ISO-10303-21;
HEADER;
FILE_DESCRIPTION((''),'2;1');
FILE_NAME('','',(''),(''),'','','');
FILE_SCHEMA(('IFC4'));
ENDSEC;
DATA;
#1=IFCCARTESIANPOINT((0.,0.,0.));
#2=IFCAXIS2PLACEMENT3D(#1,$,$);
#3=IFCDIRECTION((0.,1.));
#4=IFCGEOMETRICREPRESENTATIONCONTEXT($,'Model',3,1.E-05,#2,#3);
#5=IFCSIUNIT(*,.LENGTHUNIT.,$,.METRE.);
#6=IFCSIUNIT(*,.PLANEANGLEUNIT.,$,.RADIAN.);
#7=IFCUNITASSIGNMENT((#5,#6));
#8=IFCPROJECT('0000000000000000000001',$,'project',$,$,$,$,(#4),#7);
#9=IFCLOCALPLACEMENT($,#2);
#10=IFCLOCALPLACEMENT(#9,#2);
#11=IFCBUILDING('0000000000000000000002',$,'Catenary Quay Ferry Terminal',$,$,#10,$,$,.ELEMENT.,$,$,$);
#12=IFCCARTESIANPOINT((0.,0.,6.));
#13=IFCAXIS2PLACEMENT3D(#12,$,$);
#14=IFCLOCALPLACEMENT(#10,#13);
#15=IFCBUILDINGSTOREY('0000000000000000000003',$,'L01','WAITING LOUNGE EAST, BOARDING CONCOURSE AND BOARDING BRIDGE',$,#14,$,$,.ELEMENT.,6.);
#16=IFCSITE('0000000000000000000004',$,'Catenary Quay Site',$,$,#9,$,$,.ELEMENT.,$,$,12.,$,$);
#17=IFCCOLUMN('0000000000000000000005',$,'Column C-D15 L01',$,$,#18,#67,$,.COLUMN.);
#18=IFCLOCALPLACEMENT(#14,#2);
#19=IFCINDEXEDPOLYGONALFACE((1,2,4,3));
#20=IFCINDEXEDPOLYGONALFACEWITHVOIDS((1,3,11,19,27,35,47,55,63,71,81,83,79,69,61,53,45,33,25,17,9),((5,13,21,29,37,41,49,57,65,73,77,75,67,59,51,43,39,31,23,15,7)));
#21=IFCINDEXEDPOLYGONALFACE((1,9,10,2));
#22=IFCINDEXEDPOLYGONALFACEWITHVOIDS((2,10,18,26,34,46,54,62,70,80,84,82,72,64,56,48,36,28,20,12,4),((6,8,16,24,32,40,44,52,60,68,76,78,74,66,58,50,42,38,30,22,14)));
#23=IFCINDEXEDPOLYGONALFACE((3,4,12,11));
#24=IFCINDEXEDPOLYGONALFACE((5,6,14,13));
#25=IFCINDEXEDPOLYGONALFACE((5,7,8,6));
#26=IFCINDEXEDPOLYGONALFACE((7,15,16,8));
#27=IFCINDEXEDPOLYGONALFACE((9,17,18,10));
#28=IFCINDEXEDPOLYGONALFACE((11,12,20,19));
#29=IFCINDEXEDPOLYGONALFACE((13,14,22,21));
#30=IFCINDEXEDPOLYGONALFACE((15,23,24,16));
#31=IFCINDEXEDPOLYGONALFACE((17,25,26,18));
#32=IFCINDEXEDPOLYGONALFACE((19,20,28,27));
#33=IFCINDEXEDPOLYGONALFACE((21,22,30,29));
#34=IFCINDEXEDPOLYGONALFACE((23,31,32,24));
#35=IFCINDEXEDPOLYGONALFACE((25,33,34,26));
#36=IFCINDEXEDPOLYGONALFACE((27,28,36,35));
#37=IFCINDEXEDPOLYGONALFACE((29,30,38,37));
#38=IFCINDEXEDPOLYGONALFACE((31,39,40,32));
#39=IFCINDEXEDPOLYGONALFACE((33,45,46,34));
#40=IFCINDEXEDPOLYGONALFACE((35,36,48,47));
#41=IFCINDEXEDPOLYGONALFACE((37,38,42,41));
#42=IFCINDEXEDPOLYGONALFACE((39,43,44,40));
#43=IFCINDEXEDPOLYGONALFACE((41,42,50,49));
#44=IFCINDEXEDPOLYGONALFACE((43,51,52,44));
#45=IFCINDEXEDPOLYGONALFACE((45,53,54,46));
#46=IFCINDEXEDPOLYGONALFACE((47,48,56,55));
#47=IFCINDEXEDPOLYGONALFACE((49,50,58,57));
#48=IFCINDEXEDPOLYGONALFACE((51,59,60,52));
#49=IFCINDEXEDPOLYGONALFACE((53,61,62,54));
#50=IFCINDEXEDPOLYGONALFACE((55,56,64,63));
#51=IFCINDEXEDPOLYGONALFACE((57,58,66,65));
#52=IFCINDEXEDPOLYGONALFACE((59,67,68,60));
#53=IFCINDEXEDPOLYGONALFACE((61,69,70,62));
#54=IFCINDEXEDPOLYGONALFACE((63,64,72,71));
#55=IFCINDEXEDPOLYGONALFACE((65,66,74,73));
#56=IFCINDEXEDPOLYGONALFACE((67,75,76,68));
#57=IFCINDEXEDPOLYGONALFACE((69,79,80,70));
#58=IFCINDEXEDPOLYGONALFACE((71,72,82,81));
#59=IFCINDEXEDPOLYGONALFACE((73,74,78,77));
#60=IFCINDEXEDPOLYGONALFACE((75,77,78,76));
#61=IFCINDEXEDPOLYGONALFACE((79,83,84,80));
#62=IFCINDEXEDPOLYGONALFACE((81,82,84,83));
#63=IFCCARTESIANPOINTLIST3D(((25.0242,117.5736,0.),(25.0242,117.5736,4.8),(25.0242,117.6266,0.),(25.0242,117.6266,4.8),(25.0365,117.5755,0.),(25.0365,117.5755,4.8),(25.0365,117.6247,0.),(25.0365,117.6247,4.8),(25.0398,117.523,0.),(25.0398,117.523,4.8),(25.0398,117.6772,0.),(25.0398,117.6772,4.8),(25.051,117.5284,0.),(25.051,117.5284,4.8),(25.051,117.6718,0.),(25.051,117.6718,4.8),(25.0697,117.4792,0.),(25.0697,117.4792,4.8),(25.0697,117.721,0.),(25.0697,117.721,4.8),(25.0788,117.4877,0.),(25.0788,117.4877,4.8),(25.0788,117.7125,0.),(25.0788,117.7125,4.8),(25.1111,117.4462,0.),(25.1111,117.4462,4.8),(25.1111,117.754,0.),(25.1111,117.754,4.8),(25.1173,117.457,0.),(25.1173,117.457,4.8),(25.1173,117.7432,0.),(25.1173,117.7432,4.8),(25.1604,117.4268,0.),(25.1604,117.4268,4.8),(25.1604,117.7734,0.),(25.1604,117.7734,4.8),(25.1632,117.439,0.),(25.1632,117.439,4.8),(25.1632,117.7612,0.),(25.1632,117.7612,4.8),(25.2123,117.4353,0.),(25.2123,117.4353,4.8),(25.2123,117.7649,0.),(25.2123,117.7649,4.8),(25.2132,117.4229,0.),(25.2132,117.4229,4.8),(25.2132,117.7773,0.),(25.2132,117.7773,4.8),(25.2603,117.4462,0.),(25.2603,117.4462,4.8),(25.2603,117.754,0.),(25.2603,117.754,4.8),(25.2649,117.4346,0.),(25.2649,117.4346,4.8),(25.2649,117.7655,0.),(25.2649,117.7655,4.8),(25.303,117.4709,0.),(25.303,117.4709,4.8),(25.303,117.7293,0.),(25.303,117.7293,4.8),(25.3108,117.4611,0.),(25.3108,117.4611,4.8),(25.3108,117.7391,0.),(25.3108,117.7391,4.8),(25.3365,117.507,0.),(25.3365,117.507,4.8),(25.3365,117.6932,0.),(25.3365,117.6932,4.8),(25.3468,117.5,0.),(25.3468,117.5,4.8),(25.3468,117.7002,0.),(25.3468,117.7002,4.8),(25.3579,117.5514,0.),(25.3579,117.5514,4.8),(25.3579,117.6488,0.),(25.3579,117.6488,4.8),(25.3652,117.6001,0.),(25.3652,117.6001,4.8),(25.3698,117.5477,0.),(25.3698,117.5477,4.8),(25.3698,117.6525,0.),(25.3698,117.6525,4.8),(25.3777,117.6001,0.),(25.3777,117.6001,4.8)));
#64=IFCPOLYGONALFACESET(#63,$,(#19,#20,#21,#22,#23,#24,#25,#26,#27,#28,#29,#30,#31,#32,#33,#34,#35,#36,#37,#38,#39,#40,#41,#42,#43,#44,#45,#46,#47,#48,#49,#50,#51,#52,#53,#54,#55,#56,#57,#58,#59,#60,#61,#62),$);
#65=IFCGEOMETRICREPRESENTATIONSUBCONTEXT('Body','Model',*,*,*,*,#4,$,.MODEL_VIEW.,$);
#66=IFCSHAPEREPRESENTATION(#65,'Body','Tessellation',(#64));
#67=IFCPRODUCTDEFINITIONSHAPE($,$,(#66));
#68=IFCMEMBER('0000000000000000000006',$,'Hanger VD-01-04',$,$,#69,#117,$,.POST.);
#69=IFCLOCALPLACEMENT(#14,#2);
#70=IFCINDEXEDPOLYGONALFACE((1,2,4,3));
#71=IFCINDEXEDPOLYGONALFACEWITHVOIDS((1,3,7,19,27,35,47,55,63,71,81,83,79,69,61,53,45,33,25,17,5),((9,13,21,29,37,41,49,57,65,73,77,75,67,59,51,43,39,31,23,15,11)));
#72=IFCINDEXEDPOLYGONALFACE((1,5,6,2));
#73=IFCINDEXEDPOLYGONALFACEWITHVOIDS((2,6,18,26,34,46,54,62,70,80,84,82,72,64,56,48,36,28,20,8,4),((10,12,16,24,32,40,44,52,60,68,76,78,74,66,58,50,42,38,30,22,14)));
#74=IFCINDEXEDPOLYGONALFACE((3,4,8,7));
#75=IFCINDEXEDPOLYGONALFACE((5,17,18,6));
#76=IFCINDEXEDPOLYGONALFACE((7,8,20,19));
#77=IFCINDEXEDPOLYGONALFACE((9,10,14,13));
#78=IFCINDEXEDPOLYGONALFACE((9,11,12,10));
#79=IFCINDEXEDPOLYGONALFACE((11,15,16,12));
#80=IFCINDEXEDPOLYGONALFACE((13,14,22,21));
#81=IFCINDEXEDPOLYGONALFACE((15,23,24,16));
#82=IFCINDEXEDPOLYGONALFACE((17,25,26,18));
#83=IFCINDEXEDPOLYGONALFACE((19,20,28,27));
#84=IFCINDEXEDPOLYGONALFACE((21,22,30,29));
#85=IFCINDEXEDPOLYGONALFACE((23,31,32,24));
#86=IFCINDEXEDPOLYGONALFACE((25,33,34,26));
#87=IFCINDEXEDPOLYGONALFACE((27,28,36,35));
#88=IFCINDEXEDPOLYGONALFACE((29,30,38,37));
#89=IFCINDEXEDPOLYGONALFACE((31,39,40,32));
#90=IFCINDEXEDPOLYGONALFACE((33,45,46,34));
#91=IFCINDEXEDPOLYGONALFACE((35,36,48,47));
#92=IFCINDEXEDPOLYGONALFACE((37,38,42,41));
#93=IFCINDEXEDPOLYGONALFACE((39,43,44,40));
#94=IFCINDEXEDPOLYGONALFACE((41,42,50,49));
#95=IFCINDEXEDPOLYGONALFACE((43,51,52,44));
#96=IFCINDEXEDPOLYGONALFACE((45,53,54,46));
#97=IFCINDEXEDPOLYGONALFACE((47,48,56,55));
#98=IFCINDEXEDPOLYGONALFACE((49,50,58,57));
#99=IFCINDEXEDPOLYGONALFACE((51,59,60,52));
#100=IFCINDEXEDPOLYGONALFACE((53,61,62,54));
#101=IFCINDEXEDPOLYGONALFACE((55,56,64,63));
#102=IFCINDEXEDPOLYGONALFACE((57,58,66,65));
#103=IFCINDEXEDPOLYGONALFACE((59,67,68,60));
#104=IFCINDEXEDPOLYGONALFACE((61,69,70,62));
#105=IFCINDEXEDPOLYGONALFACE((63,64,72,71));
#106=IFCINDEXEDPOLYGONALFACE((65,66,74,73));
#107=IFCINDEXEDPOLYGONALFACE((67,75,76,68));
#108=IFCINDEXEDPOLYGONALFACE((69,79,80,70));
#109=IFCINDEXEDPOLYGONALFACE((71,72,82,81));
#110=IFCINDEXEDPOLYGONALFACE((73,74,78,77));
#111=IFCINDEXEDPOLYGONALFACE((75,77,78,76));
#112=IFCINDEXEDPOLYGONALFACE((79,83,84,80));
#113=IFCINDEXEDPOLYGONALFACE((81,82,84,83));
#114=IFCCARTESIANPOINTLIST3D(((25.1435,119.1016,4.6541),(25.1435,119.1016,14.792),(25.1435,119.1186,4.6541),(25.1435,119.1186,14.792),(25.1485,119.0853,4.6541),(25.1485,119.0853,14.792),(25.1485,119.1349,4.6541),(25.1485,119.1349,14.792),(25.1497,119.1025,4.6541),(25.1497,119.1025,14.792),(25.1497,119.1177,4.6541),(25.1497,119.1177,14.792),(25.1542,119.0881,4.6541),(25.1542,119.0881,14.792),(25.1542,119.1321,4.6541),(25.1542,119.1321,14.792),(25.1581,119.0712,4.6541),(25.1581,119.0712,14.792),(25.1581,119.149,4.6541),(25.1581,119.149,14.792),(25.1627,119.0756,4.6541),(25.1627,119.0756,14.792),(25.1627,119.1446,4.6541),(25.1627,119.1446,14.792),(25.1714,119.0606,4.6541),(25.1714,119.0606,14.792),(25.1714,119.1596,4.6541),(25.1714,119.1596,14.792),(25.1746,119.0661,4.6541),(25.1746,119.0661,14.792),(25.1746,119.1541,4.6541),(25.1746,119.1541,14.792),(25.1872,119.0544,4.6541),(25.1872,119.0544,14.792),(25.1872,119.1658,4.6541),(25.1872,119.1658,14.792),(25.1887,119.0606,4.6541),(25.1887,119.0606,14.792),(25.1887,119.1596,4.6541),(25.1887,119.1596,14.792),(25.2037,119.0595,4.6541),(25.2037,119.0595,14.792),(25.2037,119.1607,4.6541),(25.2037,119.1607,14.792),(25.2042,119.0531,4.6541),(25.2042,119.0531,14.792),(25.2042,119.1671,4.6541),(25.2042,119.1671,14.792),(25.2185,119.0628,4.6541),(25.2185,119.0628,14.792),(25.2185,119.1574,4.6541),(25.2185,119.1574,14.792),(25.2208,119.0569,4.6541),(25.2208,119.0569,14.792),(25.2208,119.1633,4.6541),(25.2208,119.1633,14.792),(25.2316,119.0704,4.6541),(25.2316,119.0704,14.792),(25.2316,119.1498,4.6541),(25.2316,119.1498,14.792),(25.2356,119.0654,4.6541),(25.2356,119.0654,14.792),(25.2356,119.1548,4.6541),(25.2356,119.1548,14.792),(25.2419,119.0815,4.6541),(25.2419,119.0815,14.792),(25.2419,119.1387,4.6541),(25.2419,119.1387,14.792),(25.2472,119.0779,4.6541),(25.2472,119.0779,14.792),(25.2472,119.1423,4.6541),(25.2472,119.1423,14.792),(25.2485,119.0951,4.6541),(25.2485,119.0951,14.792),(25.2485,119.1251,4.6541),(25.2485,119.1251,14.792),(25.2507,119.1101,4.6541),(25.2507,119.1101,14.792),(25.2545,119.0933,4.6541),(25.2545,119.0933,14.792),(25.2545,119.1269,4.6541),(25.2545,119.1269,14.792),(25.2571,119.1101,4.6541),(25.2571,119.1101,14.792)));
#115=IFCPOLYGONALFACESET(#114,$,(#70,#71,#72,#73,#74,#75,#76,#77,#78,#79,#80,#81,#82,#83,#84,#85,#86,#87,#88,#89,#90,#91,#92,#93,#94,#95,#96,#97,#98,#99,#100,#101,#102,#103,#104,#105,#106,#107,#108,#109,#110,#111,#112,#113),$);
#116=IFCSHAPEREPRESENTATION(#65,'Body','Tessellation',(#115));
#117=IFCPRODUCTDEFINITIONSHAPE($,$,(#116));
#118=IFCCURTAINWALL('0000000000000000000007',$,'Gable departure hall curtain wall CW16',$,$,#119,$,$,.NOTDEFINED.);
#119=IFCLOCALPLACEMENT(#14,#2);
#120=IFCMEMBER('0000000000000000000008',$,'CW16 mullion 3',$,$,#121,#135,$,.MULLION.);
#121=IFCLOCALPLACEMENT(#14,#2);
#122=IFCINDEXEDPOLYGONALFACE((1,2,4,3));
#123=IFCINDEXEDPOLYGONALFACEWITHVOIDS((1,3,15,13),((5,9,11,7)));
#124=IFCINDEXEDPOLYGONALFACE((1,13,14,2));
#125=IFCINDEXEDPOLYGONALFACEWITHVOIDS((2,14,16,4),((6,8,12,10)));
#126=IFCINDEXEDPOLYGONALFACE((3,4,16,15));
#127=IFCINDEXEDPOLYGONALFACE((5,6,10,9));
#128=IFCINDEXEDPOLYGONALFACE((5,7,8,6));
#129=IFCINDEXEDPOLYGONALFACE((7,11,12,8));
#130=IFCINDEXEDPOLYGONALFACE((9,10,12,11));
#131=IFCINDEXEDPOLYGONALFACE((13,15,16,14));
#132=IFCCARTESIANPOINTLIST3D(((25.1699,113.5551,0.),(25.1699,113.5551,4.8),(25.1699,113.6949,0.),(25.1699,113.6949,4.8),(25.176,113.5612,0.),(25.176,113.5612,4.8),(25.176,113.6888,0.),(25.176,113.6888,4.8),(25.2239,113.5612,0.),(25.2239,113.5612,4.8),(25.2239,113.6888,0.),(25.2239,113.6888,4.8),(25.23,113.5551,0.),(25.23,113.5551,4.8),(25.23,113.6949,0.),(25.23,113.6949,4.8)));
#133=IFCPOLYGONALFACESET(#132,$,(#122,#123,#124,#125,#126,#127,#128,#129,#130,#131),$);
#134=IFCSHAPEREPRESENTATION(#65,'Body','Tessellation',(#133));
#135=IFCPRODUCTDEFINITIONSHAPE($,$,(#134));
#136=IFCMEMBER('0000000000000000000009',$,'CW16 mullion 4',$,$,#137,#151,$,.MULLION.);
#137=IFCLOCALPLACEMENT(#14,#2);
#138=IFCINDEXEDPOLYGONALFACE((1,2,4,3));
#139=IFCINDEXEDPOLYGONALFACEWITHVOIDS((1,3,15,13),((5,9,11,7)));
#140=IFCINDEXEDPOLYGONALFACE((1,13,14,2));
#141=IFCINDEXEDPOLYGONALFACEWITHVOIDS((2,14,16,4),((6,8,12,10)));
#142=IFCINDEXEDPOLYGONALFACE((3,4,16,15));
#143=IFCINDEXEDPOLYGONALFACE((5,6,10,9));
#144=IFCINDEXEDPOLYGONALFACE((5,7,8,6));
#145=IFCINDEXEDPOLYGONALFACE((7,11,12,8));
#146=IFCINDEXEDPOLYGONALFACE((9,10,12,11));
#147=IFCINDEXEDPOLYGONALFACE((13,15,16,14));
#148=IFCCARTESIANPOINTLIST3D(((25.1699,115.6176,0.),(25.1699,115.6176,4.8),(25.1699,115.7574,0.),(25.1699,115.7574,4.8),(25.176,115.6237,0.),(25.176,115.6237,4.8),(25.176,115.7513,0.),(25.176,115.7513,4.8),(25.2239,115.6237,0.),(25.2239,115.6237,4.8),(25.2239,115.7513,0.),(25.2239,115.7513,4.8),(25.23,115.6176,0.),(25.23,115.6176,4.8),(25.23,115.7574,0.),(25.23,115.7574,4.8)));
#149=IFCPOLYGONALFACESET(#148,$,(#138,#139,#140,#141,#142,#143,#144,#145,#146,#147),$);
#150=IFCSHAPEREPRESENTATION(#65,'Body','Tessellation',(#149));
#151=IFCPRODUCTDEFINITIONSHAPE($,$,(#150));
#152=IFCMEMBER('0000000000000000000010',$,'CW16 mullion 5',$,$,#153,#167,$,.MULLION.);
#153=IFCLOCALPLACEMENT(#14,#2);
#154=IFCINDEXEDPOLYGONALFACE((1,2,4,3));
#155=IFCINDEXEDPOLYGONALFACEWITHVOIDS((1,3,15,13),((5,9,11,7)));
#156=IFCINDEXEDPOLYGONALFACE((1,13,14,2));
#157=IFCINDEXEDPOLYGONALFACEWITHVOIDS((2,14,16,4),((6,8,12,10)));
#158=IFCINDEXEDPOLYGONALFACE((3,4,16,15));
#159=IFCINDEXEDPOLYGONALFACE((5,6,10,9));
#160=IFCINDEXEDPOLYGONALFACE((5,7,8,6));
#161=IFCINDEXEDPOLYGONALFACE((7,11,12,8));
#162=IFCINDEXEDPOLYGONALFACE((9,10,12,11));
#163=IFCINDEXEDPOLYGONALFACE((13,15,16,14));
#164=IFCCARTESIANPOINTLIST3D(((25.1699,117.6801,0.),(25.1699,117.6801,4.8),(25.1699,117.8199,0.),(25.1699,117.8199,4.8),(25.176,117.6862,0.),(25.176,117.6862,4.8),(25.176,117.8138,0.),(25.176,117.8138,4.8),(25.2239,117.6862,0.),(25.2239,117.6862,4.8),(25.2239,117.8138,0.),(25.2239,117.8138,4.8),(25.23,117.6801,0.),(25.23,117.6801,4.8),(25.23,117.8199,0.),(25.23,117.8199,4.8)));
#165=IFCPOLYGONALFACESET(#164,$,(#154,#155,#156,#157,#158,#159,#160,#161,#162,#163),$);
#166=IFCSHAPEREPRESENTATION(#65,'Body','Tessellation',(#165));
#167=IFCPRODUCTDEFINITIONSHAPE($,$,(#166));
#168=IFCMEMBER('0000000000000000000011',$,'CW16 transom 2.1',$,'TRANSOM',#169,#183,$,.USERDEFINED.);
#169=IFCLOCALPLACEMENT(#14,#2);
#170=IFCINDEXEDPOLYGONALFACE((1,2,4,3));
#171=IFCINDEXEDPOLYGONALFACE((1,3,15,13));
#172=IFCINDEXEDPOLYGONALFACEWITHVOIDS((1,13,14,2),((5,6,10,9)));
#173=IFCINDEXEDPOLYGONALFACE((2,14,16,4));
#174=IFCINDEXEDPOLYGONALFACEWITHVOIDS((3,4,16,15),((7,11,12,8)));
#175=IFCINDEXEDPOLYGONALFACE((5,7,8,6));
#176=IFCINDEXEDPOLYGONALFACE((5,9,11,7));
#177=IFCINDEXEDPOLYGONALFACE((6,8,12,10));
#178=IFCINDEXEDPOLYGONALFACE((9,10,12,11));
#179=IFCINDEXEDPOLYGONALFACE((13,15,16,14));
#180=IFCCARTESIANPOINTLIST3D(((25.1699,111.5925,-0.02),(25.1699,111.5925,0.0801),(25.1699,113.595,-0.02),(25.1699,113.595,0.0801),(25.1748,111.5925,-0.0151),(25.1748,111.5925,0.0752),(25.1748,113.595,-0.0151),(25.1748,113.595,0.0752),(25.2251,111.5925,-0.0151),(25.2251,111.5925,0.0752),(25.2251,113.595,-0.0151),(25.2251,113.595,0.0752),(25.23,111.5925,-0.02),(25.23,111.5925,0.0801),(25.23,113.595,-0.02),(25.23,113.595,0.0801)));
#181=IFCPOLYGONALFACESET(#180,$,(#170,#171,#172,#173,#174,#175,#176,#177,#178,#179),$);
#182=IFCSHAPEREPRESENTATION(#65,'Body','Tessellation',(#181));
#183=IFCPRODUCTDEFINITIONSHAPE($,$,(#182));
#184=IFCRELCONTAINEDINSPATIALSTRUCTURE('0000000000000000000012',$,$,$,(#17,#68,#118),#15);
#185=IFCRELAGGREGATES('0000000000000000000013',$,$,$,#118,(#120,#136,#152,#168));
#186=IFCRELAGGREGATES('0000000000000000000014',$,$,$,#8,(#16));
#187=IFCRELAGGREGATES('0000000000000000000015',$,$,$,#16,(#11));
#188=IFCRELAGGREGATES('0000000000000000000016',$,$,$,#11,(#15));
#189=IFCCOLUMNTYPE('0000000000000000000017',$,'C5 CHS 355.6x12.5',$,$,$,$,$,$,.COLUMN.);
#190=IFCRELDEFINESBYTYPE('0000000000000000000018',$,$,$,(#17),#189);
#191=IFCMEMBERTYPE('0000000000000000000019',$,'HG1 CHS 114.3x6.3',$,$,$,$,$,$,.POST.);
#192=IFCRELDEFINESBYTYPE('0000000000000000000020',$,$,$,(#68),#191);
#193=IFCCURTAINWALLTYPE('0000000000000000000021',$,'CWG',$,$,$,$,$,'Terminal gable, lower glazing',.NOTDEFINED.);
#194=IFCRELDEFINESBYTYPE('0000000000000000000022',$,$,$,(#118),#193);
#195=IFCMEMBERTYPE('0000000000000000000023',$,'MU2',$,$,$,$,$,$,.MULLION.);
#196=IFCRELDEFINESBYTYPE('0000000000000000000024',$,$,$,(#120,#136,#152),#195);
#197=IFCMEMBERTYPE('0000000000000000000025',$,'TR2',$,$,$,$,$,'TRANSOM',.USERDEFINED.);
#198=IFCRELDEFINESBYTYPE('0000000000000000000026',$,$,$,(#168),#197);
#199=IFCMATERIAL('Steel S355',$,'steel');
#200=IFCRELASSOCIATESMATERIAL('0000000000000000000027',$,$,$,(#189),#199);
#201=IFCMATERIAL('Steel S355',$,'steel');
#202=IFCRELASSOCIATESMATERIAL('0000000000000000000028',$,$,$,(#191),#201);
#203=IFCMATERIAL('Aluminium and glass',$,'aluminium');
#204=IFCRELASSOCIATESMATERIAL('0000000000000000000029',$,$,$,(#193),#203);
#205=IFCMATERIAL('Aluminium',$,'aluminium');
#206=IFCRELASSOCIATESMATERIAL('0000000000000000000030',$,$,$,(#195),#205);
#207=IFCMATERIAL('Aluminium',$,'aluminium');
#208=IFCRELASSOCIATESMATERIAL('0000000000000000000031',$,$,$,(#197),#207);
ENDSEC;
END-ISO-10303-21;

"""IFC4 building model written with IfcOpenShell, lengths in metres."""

from ifc_helpers import new_model, si_unit, direction, frame, origin, origin_2d, place, context, subcontext, project, spatial, hollow_rectangle, hollow_circle, extrude, material, material_profile, profile_set, type_object, element, aggregate, save


model = new_model("IFC4")

# Units and contexts
model_context = context("Model", 3, precision=1e-05, world=origin(), true_north=direction((0.0, 1.0)))
body_context = subcontext(model_context, "Body", "Model", "MODEL_VIEW")
ifc_project = project(units=[si_unit("LENGTHUNIT", "METRE"), si_unit("PLANEANGLEUNIT", "RADIAN")], contexts=[model_context])

# Site, building, storey
site_placement = place(None, origin())
site = spatial("IfcSite", under=ifc_project, at=site_placement, Name="Catenary Quay Site", CompositionType="ELEMENT", RefElevation=12.0)
building_placement = place(site_placement, origin())
building = spatial("IfcBuilding", under=site, at=building_placement, Name="Catenary Quay Ferry Terminal", CompositionType="ELEMENT")
storey_placement = place(building_placement, frame((0.0, 0.0, 6.0)))
storey = spatial("IfcBuildingStorey", under=building, at=storey_placement, Name="L01", Description="WAITING LOUNGE EAST, BOARDING CONCOURSE AND BOARDING BRIDGE", CompositionType="ELEMENT", Elevation=6.0)

# Column
ifc_material_1 = material(Name="Steel S355", Category="steel")
ifc_material_profile_1 = material_profile(ifc_material_1, hollow_circle(Radius=0.1777, WallThickness=0.0125, at=origin_2d()), Name="CHS 355.6x12.5")
ifc_profile_set_1 = profile_set([ifc_material_profile_1], Name="Steel S355")
column_type = type_object("IfcColumnType", Name="C5 CHS 355.6x12.5", PredefinedType="COLUMN", material=ifc_profile_set_1)
column_placement = place(storey_placement, frame((25.2, 117.6001, 0.0), z_axis=(0.0, 0.0, 1.0), x_axis=(1.0, 0.0, 0.0)))
element("IfcColumn", 1, at=column_placement, inside=storey, type_object=column_type, Name="Column C-D15 L01", PredefinedType="COLUMN", context=body_context, shape_type="SweptSolid", body=[
    extrude(hollow_circle(Radius=0.1777, WallThickness=0.0125, at=origin_2d()), origin(), (0.0, 0.0, 1.0), 4.8),
])

# Member
ifc_material_2 = material(Name="Steel S355", Category="steel")
ifc_material_profile_2 = material_profile(ifc_material_2, hollow_circle(Radius=0.0571, WallThickness=0.0063, at=origin_2d()), Name="CHS 114.3x6.3")
ifc_profile_set_2 = profile_set([ifc_material_profile_2], Name="Steel S355")
member_type_1 = type_object("IfcMemberType", Name="HG1 CHS 114.3x6.3", PredefinedType="POST", material=ifc_profile_set_2)
member_1_placement = place(storey_placement, frame((25.2, 119.1101, 4.6541), z_axis=(0.0, 0.0, 1.0), x_axis=(1.0, 0.0, 0.0)))
element("IfcMember", 2, at=member_1_placement, inside=storey, type_object=member_type_1, Name="Hanger VD-01-04", PredefinedType="POST", context=body_context, shape_type="SweptSolid", body=[
    extrude(hollow_circle(Radius=0.0571, WallThickness=0.0063, at=origin_2d()), origin(), (0.0, 0.0, 1.0), 10.1379),
])

# Curtain wall, members
ifc_material_3 = material(Name="Aluminium and glass", Category="aluminium")
curtain_wall_type = type_object("IfcCurtainWallType", Name="CWG", ElementType="Terminal gable, lower glazing", PredefinedType="NOTDEFINED", material=ifc_material_3)
curtain_wall_placement = place(storey_placement, origin())
curtain_wall = element("IfcCurtainWall", 3, at=curtain_wall_placement, inside=storey, type_object=curtain_wall_type, Name="Gable departure hall curtain wall CW16", PredefinedType="NOTDEFINED")
ifc_material_4 = material(Name="Aluminium", Category="aluminium")
ifc_material_profile_3 = material_profile(ifc_material_4, hollow_rectangle(XDim=0.0601, YDim=0.1399, WallThickness=0.0061, at=origin_2d()), Name="MU2")
ifc_profile_set_3 = profile_set([ifc_material_profile_3], Name="Aluminium")
member_type_2 = type_object("IfcMemberType", Name="MU2", PredefinedType="MULLION", material=ifc_profile_set_3)
member_2_placement = place(storey_placement, frame((25.2, 113.625, 0.0), z_axis=(0.0, 0.0, 1.0), x_axis=(-1.0, 0.0, 0.0)))
member_2 = element("IfcMember", 4, at=member_2_placement, type_object=member_type_2, Name="CW16 mullion 3", PredefinedType="MULLION", context=body_context, shape_type="SweptSolid", body=[
    extrude(hollow_rectangle(XDim=0.0601, YDim=0.1399, WallThickness=0.0061, at=origin_2d()), origin(), (0.0, 0.0, 1.0), 4.8),
])
member_3_placement = place(storey_placement, frame((25.2, 115.6875, 0.0), z_axis=(0.0, 0.0, 1.0), x_axis=(-1.0, 0.0, 0.0)))
member_3 = element("IfcMember", 5, at=member_3_placement, type_object=member_type_2, Name="CW16 mullion 4", PredefinedType="MULLION", context=body_context, shape_type="SweptSolid", body=[
    extrude(hollow_rectangle(XDim=0.0601, YDim=0.1399, WallThickness=0.0061, at=origin_2d()), origin(), (0.0, 0.0, 1.0), 4.8),
])
member_4_placement = place(storey_placement, frame((25.2, 117.75, 0.0), z_axis=(0.0, 0.0, 1.0), x_axis=(-1.0, 0.0, 0.0)))
member_4 = element("IfcMember", 6, at=member_4_placement, type_object=member_type_2, Name="CW16 mullion 5", PredefinedType="MULLION", context=body_context, shape_type="SweptSolid", body=[
    extrude(hollow_rectangle(XDim=0.0601, YDim=0.1399, WallThickness=0.0061, at=origin_2d()), origin(), (0.0, 0.0, 1.0), 4.8),
])
ifc_material_5 = material(Name="Aluminium", Category="aluminium")
ifc_material_profile_4 = material_profile(ifc_material_5, hollow_rectangle(XDim=0.0601, YDim=0.1001, WallThickness=0.0049, at=origin_2d()), Name="TR2")
ifc_profile_set_4 = profile_set([ifc_material_profile_4], Name="Aluminium")
member_type_3 = type_object("IfcMemberType", Name="TR2", ElementType="TRANSOM", PredefinedType="USERDEFINED", material=ifc_profile_set_4)
member_5_placement = place(storey_placement, frame((25.2, 111.5925, 0.03), z_axis=(0.0, 1.0, 0.0), x_axis=(-1.0, 0.0, 0.0)))
member_5 = element("IfcMember", 7, at=member_5_placement, type_object=member_type_3, Name="CW16 transom 2.1", ObjectType="TRANSOM", PredefinedType="USERDEFINED", context=body_context, shape_type="SweptSolid", body=[
    extrude(hollow_rectangle(XDim=0.0601, YDim=0.1001, WallThickness=0.0049, at=origin_2d()), origin(), (0.0, 0.0, 1.0), 2.0024),
])
aggregate(curtain_wall, [member_2, member_3, member_4, member_5])

save(model, "model.ifc")
